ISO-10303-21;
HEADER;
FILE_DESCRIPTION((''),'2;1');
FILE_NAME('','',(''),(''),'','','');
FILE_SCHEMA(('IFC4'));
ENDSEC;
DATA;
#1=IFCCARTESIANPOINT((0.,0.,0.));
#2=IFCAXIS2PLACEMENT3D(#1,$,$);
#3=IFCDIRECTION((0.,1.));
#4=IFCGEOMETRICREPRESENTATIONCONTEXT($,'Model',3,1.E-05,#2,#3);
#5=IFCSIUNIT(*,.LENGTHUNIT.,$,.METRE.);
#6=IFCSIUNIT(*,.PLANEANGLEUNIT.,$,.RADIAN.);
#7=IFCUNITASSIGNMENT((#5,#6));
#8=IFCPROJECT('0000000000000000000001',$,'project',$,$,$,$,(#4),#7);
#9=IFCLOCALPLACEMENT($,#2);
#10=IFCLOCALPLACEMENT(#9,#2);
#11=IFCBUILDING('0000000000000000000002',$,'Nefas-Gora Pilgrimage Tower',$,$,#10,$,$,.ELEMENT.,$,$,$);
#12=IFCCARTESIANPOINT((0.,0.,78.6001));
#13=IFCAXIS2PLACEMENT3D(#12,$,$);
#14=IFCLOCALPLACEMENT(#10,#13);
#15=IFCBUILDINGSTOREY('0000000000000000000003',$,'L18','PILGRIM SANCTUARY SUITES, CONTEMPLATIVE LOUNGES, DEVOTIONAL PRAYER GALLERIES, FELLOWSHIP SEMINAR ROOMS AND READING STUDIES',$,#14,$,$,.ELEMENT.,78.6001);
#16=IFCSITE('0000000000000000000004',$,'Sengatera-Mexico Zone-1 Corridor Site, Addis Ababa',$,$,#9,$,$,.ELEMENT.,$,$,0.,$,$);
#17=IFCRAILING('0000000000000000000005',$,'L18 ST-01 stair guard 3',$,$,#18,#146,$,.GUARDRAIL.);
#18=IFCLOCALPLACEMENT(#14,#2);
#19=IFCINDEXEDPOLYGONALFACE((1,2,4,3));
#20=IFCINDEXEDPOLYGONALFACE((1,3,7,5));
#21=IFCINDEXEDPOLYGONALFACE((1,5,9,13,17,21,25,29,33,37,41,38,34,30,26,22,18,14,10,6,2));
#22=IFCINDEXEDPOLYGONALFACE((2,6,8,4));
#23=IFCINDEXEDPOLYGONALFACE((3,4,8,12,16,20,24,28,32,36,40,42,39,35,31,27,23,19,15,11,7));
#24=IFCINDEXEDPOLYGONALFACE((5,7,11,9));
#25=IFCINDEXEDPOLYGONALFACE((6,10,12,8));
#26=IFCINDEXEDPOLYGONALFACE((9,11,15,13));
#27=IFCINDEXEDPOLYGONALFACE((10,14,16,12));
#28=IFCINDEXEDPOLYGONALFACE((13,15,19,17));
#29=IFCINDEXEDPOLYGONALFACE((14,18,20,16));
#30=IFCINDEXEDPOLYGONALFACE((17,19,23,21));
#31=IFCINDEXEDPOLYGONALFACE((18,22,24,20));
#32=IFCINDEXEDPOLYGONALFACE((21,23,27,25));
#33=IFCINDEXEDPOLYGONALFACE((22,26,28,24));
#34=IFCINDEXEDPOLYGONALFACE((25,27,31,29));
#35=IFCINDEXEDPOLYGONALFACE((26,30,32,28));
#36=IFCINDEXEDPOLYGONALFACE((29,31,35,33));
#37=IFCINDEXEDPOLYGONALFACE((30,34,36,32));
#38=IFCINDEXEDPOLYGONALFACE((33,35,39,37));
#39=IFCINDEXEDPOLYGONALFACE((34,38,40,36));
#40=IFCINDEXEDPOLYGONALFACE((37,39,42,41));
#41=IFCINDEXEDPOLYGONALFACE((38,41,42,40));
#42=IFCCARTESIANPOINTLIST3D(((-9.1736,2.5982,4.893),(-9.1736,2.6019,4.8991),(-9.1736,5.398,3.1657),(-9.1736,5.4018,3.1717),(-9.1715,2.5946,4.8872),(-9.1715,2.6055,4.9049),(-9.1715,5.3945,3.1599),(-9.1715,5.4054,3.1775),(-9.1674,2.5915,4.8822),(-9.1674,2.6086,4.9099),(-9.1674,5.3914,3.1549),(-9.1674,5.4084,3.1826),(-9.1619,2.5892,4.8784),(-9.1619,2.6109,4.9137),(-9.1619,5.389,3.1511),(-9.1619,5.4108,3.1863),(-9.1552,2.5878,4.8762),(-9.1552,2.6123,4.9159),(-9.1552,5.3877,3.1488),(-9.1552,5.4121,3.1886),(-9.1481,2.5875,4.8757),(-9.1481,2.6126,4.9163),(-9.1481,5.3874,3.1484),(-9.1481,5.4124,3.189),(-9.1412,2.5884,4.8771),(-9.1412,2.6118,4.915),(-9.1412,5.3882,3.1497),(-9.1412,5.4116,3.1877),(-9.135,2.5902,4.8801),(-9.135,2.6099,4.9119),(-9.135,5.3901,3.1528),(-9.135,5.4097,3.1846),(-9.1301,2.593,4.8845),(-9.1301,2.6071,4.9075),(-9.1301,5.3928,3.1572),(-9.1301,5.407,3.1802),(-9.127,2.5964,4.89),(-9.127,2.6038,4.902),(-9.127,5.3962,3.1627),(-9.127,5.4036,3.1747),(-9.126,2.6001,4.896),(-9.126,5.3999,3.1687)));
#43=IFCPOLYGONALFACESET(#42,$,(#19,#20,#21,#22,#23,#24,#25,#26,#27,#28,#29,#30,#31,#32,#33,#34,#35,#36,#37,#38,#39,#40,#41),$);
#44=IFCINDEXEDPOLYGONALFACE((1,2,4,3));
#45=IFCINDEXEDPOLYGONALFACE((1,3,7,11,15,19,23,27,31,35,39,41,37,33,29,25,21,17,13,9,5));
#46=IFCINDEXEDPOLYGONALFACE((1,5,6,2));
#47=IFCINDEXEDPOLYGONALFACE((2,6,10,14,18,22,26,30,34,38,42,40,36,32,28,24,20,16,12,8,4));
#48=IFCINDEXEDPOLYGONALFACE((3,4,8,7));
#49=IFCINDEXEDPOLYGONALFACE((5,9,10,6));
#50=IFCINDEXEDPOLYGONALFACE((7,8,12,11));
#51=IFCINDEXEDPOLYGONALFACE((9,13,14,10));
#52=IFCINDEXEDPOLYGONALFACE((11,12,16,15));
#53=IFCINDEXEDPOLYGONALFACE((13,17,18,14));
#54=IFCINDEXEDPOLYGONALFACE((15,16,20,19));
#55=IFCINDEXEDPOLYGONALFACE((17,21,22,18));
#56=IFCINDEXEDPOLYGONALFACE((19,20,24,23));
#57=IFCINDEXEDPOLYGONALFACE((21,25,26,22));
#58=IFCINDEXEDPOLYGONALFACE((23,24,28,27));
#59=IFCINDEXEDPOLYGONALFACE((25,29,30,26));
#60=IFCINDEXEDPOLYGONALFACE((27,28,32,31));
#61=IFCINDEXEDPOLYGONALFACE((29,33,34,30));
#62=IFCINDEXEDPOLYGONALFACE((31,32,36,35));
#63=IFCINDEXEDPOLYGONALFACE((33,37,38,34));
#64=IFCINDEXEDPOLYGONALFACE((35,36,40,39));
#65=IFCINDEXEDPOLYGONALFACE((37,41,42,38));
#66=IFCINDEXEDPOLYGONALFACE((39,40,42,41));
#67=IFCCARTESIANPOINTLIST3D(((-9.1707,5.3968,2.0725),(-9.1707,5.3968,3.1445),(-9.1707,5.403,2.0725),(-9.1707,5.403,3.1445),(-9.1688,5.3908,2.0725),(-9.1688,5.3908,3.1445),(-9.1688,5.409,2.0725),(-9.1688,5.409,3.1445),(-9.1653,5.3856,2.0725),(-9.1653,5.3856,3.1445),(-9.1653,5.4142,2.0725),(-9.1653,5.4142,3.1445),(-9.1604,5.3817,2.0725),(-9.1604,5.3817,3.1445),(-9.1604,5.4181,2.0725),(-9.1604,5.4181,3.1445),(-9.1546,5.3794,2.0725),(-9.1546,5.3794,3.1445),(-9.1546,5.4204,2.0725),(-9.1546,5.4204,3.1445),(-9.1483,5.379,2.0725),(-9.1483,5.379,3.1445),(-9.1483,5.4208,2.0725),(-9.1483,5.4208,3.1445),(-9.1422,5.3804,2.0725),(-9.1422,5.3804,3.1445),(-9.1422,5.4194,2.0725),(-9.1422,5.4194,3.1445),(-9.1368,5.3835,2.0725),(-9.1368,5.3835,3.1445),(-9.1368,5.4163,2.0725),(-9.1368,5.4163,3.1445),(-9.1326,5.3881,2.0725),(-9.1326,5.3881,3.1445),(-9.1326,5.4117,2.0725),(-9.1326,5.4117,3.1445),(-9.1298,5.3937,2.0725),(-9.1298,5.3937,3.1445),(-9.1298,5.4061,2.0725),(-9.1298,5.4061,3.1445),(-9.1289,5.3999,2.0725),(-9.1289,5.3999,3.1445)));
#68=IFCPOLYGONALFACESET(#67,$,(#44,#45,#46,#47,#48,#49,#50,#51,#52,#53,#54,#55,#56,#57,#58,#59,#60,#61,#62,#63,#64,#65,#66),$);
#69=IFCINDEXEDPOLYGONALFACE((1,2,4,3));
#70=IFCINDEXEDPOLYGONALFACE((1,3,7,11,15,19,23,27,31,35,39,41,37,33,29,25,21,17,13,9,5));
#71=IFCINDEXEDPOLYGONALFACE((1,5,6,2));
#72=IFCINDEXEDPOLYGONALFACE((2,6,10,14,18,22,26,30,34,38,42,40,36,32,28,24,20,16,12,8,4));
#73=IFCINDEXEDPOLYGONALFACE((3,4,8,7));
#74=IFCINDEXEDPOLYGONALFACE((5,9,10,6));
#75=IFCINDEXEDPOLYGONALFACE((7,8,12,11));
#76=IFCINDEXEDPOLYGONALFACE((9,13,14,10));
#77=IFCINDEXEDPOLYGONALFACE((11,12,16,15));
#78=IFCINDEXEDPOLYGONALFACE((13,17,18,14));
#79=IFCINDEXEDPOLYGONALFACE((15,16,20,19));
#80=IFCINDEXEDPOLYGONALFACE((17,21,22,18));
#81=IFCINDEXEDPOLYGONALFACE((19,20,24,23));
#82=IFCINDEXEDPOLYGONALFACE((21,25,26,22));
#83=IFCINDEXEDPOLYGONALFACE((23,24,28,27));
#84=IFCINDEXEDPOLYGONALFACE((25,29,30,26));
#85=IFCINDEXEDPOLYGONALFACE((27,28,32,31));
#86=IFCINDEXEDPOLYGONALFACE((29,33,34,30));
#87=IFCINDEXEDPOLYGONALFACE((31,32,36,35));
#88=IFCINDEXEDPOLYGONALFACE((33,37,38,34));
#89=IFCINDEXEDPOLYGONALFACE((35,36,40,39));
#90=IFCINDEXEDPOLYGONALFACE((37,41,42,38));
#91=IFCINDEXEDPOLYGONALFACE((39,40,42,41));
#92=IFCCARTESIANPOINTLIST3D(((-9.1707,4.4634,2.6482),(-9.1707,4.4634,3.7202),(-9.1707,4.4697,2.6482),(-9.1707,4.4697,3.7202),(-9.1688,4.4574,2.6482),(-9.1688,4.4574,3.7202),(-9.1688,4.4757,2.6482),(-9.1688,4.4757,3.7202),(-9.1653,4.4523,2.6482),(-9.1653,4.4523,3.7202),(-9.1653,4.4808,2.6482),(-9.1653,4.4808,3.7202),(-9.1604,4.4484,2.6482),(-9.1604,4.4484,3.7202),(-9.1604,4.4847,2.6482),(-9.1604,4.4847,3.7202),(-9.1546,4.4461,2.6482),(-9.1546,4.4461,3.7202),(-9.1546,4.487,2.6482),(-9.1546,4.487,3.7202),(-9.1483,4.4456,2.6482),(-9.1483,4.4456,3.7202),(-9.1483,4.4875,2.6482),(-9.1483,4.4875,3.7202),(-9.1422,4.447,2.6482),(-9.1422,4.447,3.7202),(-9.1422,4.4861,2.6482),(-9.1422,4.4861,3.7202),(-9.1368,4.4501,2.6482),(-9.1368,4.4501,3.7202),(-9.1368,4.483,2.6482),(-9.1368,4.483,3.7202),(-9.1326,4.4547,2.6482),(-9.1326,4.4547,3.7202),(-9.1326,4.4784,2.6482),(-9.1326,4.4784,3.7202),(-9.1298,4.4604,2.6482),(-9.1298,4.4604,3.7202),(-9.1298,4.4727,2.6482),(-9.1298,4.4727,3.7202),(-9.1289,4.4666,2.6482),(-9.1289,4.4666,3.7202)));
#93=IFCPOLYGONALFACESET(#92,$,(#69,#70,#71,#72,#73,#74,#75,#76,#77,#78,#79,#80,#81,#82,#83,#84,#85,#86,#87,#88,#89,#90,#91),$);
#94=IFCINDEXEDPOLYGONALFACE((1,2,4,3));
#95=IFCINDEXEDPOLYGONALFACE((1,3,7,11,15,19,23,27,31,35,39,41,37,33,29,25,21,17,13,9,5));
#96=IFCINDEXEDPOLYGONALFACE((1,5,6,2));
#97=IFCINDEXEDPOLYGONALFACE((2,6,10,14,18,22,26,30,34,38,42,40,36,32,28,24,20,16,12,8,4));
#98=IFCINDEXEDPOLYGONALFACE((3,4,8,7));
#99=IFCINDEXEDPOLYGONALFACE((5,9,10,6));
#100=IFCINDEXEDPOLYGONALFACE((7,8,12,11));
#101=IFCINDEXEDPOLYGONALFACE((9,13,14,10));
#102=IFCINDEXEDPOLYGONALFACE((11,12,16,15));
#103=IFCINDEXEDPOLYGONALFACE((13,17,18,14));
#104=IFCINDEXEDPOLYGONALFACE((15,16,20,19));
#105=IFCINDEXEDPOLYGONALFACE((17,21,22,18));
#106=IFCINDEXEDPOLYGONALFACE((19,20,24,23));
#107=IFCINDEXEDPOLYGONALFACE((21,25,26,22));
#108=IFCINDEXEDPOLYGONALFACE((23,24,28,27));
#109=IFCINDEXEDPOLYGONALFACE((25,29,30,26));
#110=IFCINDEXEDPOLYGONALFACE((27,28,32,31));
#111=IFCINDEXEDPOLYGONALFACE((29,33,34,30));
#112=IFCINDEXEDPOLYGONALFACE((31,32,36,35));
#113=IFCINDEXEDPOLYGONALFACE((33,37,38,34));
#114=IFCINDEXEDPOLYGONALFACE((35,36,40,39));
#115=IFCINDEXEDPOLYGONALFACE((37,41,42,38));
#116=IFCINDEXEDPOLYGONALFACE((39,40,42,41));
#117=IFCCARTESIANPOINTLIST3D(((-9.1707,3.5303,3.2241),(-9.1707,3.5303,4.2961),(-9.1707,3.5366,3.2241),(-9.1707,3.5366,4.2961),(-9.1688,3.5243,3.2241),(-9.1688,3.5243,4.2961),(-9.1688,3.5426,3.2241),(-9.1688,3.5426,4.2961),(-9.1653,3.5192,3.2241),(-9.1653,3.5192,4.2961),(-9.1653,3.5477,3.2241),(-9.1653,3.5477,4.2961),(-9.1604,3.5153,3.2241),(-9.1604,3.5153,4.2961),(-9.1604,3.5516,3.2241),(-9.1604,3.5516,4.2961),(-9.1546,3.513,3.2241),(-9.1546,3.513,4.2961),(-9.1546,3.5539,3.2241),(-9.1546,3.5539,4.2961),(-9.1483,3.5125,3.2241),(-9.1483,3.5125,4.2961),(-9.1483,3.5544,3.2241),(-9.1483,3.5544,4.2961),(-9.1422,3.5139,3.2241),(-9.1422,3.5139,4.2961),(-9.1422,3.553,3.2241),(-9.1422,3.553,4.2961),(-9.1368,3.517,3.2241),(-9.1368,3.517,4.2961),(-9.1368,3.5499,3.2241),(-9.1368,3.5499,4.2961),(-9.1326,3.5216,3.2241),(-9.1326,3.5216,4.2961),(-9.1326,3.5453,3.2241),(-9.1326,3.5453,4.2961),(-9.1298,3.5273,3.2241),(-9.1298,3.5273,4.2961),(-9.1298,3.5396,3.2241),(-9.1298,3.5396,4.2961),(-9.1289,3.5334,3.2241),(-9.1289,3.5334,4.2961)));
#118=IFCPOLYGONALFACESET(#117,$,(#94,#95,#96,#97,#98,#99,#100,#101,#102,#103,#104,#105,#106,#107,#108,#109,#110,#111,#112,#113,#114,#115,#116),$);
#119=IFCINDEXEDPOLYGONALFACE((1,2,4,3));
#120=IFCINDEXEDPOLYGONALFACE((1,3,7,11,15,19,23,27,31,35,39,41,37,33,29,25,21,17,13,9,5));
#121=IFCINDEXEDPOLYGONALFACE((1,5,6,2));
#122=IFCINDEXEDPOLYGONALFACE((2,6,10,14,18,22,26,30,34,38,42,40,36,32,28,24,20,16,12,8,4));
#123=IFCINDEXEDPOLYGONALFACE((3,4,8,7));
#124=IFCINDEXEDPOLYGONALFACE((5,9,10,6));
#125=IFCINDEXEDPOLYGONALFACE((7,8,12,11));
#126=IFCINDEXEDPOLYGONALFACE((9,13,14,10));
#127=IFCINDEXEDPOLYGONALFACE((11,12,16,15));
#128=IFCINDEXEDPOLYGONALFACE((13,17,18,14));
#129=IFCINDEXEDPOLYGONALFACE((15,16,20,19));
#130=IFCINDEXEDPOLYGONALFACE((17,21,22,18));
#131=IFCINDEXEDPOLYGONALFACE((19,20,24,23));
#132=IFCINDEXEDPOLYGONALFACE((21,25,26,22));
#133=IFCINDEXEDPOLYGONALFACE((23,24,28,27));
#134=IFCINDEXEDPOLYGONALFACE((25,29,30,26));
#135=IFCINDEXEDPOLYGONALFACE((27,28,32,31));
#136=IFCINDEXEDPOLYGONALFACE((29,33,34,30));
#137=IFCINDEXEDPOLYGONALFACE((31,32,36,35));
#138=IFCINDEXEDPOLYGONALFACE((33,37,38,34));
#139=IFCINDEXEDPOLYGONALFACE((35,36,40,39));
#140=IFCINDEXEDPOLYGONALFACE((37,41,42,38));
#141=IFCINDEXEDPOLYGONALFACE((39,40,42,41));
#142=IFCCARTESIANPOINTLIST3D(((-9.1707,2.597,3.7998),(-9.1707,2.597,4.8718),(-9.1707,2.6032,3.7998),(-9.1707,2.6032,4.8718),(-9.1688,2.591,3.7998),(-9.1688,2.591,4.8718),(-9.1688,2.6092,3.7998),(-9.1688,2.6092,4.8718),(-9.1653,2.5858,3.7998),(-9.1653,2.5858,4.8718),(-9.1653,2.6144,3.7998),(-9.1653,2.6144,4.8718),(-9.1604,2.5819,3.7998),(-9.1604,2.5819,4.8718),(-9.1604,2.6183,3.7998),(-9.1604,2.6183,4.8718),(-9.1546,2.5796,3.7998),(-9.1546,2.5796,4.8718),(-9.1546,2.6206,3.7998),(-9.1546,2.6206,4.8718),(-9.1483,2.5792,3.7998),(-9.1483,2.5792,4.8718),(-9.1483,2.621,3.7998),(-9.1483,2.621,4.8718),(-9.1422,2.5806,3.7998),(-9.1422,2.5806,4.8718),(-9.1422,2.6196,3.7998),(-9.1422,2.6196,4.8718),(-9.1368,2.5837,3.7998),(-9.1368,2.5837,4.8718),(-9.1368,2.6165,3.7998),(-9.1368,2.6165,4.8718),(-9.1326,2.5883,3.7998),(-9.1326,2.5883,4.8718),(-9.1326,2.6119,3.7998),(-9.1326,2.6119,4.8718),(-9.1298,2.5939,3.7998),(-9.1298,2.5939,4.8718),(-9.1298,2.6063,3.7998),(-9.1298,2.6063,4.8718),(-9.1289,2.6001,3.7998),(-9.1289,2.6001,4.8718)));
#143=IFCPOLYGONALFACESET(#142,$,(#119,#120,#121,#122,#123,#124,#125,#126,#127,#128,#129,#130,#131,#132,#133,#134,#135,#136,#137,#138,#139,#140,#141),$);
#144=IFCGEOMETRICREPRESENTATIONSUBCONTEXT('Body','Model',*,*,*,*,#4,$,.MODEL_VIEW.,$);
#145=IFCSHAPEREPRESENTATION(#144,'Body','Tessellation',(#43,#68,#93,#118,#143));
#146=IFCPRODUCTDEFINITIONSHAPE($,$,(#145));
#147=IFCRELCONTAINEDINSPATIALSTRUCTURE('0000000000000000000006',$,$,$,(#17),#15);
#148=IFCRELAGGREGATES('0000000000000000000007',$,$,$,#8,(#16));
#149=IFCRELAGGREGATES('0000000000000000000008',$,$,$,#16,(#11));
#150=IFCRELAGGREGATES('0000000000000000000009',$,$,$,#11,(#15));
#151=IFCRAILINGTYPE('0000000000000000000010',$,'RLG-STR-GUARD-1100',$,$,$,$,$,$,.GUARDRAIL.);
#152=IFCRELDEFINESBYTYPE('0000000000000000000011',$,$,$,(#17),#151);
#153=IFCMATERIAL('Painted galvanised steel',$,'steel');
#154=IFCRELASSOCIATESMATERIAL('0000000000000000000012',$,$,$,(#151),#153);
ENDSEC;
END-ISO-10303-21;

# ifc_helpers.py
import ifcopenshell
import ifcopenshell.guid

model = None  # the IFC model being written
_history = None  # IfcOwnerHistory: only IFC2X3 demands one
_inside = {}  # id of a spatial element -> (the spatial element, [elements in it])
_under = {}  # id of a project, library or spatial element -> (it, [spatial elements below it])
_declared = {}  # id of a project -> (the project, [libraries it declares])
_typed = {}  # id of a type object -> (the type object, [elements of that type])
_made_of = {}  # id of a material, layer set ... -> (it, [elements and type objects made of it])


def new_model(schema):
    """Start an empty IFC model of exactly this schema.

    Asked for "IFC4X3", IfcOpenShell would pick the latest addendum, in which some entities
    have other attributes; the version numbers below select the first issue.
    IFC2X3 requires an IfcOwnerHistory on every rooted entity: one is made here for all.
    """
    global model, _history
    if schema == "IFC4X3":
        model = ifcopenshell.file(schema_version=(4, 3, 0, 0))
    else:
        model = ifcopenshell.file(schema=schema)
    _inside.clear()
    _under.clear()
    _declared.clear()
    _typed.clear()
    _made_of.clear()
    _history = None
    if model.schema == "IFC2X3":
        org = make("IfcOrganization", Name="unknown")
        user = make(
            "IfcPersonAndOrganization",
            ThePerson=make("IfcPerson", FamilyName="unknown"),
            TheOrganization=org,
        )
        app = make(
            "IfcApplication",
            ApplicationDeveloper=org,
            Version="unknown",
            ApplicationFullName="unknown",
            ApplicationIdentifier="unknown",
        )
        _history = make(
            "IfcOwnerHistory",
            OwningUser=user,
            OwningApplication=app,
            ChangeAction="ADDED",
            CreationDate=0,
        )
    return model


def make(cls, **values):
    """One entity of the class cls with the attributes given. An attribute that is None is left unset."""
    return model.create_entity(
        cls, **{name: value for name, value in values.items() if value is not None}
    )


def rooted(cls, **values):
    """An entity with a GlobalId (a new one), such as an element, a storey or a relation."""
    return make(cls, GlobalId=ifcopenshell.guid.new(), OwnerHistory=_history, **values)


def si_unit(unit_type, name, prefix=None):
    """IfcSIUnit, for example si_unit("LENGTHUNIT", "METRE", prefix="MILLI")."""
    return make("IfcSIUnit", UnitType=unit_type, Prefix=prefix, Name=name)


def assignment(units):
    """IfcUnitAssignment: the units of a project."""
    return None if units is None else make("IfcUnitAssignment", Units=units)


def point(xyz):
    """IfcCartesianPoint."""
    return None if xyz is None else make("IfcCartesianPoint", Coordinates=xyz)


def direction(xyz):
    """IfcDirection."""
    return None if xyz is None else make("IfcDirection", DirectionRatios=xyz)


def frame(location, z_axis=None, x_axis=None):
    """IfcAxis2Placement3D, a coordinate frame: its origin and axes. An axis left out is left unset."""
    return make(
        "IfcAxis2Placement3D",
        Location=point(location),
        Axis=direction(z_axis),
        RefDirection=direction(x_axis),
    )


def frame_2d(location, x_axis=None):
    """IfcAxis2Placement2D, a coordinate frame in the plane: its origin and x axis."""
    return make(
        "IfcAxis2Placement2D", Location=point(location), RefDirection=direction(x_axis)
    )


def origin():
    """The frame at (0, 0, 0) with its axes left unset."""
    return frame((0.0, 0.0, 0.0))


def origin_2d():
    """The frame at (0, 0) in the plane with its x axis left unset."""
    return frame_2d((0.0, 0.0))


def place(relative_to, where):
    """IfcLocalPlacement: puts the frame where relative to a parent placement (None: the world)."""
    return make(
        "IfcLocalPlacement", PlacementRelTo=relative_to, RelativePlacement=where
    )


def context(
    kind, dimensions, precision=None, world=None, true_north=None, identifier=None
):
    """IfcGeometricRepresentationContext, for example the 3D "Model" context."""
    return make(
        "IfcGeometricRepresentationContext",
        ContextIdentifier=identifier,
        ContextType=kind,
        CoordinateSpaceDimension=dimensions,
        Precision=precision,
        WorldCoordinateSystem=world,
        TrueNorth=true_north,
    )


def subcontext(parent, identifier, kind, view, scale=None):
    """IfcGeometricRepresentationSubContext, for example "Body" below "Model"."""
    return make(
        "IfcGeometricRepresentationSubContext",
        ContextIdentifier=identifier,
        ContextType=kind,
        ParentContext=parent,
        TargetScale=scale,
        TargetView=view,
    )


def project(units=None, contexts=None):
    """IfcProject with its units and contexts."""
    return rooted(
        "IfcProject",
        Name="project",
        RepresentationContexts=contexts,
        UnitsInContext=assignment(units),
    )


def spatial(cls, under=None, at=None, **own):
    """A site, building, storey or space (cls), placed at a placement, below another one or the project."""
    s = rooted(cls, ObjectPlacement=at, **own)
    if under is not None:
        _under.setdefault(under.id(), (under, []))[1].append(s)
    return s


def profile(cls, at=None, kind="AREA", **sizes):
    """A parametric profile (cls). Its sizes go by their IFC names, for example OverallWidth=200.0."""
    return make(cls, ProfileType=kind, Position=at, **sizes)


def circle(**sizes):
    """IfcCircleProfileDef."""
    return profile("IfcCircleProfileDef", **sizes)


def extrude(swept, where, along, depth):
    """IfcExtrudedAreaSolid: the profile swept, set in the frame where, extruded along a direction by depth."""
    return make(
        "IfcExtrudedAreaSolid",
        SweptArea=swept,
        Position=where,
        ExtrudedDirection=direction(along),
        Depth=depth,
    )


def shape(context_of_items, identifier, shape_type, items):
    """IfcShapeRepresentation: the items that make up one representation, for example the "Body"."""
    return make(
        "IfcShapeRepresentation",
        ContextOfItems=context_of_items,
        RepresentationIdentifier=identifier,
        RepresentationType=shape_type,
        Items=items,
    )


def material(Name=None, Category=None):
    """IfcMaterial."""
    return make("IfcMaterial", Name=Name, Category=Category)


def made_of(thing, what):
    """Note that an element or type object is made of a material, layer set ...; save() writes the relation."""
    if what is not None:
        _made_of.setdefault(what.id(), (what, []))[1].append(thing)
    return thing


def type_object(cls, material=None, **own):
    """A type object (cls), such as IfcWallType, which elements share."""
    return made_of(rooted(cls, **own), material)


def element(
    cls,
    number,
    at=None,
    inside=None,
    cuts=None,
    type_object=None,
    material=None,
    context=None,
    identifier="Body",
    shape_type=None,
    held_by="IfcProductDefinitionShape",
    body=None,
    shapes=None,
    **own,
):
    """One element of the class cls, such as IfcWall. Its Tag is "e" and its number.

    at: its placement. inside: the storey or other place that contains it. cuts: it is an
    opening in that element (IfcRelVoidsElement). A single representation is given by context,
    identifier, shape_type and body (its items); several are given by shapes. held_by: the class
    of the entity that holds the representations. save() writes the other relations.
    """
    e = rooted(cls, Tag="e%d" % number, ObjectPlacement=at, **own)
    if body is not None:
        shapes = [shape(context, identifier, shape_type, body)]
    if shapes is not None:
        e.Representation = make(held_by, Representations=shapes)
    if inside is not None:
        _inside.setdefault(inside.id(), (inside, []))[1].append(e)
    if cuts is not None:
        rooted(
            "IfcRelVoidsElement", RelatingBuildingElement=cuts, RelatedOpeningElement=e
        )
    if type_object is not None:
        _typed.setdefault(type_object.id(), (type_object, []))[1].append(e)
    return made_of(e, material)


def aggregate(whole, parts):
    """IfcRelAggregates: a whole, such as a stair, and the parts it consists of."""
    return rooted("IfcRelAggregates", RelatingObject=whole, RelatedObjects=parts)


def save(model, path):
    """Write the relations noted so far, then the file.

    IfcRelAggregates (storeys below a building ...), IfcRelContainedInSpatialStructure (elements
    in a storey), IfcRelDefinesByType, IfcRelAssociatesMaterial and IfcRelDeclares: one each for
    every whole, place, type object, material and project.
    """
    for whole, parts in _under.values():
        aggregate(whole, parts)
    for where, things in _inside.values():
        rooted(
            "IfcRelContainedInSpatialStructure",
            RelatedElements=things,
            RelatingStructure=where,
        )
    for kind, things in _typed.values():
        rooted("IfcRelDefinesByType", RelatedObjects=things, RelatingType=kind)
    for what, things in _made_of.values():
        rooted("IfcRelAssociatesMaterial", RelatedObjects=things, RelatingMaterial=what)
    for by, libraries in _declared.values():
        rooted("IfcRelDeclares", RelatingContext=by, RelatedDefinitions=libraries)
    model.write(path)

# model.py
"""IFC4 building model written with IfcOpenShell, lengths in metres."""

from ifc_helpers import new_model, si_unit, direction, frame, origin, origin_2d, place, context, subcontext, project, spatial, circle, extrude, material, type_object, element, save


model = new_model("IFC4")

# Units and contexts
model_context = context("Model", 3, precision=1e-05, world=origin(), true_north=direction((0.0, 1.0)))
body_context = subcontext(model_context, "Body", "Model", "MODEL_VIEW")
ifc_project = project(units=[si_unit("LENGTHUNIT", "METRE"), si_unit("PLANEANGLEUNIT", "RADIAN")], contexts=[model_context])

# Site, building, storey
site_placement = place(None, origin())
site = spatial("IfcSite", under=ifc_project, at=site_placement, Name="Sengatera-Mexico Zone-1 Corridor Site, Addis Ababa", CompositionType="ELEMENT", RefElevation=0.0)
building_placement = place(site_placement, origin())
building = spatial("IfcBuilding", under=site, at=building_placement, Name="Nefas-Gora Pilgrimage Tower", CompositionType="ELEMENT")
storey_placement = place(building_placement, frame((0.0, 0.0, 78.6001)))
storey = spatial("IfcBuildingStorey", under=building, at=storey_placement, Name="L18", Description="PILGRIM SANCTUARY SUITES, CONTEMPLATIVE LOUNGES, DEVOTIONAL PRAYER GALLERIES, FELLOWSHIP SEMINAR ROOMS AND READING STUDIES", CompositionType="ELEMENT", Elevation=78.6001)

# Railing
ifc_material_1 = material(Name="Painted galvanised steel", Category="steel")
railing_type_1 = type_object("IfcRailingType", Name="RLG-STR-GUARD-1100", PredefinedType="GUARDRAIL", material=ifc_material_1)
railing_1_placement = place(storey_placement, frame((-9.1499, 5.3999, 2.0725)))
element("IfcRailing", 1, at=railing_1_placement, inside=storey, type_object=railing_type_1, Name="L18 ST-01 stair guard 3", PredefinedType="GUARDRAIL", context=body_context, shape_type="SweptSolid", body=[
    extrude(circle(Radius=0.0239, at=origin_2d()), frame((0.0, 0.0, 1.0962), z_axis=(0.0, -0.851069, 0.525054), x_axis=(1.0, 0.0, 0.0)), (0.0, 0.0, 1.0), 3.2898),
    extrude(circle(Radius=0.021, at=origin_2d()), origin(), (0.0, 0.0, 1.0), 1.072),
    extrude(circle(Radius=0.021, at=origin_2d()), frame((0.0, -0.9333, 0.5757)), (0.0, 0.0, 1.0), 1.072),
    extrude(circle(Radius=0.021, at=origin_2d()), frame((0.0, -1.8665, 1.1516)), (0.0, 0.0, 1.0), 1.072),
    extrude(circle(Radius=0.021, at=origin_2d()), frame((0.0, -2.7998, 1.7273)), (0.0, 0.0, 1.0), 1.072),
])

save(model, "model.ifc")
